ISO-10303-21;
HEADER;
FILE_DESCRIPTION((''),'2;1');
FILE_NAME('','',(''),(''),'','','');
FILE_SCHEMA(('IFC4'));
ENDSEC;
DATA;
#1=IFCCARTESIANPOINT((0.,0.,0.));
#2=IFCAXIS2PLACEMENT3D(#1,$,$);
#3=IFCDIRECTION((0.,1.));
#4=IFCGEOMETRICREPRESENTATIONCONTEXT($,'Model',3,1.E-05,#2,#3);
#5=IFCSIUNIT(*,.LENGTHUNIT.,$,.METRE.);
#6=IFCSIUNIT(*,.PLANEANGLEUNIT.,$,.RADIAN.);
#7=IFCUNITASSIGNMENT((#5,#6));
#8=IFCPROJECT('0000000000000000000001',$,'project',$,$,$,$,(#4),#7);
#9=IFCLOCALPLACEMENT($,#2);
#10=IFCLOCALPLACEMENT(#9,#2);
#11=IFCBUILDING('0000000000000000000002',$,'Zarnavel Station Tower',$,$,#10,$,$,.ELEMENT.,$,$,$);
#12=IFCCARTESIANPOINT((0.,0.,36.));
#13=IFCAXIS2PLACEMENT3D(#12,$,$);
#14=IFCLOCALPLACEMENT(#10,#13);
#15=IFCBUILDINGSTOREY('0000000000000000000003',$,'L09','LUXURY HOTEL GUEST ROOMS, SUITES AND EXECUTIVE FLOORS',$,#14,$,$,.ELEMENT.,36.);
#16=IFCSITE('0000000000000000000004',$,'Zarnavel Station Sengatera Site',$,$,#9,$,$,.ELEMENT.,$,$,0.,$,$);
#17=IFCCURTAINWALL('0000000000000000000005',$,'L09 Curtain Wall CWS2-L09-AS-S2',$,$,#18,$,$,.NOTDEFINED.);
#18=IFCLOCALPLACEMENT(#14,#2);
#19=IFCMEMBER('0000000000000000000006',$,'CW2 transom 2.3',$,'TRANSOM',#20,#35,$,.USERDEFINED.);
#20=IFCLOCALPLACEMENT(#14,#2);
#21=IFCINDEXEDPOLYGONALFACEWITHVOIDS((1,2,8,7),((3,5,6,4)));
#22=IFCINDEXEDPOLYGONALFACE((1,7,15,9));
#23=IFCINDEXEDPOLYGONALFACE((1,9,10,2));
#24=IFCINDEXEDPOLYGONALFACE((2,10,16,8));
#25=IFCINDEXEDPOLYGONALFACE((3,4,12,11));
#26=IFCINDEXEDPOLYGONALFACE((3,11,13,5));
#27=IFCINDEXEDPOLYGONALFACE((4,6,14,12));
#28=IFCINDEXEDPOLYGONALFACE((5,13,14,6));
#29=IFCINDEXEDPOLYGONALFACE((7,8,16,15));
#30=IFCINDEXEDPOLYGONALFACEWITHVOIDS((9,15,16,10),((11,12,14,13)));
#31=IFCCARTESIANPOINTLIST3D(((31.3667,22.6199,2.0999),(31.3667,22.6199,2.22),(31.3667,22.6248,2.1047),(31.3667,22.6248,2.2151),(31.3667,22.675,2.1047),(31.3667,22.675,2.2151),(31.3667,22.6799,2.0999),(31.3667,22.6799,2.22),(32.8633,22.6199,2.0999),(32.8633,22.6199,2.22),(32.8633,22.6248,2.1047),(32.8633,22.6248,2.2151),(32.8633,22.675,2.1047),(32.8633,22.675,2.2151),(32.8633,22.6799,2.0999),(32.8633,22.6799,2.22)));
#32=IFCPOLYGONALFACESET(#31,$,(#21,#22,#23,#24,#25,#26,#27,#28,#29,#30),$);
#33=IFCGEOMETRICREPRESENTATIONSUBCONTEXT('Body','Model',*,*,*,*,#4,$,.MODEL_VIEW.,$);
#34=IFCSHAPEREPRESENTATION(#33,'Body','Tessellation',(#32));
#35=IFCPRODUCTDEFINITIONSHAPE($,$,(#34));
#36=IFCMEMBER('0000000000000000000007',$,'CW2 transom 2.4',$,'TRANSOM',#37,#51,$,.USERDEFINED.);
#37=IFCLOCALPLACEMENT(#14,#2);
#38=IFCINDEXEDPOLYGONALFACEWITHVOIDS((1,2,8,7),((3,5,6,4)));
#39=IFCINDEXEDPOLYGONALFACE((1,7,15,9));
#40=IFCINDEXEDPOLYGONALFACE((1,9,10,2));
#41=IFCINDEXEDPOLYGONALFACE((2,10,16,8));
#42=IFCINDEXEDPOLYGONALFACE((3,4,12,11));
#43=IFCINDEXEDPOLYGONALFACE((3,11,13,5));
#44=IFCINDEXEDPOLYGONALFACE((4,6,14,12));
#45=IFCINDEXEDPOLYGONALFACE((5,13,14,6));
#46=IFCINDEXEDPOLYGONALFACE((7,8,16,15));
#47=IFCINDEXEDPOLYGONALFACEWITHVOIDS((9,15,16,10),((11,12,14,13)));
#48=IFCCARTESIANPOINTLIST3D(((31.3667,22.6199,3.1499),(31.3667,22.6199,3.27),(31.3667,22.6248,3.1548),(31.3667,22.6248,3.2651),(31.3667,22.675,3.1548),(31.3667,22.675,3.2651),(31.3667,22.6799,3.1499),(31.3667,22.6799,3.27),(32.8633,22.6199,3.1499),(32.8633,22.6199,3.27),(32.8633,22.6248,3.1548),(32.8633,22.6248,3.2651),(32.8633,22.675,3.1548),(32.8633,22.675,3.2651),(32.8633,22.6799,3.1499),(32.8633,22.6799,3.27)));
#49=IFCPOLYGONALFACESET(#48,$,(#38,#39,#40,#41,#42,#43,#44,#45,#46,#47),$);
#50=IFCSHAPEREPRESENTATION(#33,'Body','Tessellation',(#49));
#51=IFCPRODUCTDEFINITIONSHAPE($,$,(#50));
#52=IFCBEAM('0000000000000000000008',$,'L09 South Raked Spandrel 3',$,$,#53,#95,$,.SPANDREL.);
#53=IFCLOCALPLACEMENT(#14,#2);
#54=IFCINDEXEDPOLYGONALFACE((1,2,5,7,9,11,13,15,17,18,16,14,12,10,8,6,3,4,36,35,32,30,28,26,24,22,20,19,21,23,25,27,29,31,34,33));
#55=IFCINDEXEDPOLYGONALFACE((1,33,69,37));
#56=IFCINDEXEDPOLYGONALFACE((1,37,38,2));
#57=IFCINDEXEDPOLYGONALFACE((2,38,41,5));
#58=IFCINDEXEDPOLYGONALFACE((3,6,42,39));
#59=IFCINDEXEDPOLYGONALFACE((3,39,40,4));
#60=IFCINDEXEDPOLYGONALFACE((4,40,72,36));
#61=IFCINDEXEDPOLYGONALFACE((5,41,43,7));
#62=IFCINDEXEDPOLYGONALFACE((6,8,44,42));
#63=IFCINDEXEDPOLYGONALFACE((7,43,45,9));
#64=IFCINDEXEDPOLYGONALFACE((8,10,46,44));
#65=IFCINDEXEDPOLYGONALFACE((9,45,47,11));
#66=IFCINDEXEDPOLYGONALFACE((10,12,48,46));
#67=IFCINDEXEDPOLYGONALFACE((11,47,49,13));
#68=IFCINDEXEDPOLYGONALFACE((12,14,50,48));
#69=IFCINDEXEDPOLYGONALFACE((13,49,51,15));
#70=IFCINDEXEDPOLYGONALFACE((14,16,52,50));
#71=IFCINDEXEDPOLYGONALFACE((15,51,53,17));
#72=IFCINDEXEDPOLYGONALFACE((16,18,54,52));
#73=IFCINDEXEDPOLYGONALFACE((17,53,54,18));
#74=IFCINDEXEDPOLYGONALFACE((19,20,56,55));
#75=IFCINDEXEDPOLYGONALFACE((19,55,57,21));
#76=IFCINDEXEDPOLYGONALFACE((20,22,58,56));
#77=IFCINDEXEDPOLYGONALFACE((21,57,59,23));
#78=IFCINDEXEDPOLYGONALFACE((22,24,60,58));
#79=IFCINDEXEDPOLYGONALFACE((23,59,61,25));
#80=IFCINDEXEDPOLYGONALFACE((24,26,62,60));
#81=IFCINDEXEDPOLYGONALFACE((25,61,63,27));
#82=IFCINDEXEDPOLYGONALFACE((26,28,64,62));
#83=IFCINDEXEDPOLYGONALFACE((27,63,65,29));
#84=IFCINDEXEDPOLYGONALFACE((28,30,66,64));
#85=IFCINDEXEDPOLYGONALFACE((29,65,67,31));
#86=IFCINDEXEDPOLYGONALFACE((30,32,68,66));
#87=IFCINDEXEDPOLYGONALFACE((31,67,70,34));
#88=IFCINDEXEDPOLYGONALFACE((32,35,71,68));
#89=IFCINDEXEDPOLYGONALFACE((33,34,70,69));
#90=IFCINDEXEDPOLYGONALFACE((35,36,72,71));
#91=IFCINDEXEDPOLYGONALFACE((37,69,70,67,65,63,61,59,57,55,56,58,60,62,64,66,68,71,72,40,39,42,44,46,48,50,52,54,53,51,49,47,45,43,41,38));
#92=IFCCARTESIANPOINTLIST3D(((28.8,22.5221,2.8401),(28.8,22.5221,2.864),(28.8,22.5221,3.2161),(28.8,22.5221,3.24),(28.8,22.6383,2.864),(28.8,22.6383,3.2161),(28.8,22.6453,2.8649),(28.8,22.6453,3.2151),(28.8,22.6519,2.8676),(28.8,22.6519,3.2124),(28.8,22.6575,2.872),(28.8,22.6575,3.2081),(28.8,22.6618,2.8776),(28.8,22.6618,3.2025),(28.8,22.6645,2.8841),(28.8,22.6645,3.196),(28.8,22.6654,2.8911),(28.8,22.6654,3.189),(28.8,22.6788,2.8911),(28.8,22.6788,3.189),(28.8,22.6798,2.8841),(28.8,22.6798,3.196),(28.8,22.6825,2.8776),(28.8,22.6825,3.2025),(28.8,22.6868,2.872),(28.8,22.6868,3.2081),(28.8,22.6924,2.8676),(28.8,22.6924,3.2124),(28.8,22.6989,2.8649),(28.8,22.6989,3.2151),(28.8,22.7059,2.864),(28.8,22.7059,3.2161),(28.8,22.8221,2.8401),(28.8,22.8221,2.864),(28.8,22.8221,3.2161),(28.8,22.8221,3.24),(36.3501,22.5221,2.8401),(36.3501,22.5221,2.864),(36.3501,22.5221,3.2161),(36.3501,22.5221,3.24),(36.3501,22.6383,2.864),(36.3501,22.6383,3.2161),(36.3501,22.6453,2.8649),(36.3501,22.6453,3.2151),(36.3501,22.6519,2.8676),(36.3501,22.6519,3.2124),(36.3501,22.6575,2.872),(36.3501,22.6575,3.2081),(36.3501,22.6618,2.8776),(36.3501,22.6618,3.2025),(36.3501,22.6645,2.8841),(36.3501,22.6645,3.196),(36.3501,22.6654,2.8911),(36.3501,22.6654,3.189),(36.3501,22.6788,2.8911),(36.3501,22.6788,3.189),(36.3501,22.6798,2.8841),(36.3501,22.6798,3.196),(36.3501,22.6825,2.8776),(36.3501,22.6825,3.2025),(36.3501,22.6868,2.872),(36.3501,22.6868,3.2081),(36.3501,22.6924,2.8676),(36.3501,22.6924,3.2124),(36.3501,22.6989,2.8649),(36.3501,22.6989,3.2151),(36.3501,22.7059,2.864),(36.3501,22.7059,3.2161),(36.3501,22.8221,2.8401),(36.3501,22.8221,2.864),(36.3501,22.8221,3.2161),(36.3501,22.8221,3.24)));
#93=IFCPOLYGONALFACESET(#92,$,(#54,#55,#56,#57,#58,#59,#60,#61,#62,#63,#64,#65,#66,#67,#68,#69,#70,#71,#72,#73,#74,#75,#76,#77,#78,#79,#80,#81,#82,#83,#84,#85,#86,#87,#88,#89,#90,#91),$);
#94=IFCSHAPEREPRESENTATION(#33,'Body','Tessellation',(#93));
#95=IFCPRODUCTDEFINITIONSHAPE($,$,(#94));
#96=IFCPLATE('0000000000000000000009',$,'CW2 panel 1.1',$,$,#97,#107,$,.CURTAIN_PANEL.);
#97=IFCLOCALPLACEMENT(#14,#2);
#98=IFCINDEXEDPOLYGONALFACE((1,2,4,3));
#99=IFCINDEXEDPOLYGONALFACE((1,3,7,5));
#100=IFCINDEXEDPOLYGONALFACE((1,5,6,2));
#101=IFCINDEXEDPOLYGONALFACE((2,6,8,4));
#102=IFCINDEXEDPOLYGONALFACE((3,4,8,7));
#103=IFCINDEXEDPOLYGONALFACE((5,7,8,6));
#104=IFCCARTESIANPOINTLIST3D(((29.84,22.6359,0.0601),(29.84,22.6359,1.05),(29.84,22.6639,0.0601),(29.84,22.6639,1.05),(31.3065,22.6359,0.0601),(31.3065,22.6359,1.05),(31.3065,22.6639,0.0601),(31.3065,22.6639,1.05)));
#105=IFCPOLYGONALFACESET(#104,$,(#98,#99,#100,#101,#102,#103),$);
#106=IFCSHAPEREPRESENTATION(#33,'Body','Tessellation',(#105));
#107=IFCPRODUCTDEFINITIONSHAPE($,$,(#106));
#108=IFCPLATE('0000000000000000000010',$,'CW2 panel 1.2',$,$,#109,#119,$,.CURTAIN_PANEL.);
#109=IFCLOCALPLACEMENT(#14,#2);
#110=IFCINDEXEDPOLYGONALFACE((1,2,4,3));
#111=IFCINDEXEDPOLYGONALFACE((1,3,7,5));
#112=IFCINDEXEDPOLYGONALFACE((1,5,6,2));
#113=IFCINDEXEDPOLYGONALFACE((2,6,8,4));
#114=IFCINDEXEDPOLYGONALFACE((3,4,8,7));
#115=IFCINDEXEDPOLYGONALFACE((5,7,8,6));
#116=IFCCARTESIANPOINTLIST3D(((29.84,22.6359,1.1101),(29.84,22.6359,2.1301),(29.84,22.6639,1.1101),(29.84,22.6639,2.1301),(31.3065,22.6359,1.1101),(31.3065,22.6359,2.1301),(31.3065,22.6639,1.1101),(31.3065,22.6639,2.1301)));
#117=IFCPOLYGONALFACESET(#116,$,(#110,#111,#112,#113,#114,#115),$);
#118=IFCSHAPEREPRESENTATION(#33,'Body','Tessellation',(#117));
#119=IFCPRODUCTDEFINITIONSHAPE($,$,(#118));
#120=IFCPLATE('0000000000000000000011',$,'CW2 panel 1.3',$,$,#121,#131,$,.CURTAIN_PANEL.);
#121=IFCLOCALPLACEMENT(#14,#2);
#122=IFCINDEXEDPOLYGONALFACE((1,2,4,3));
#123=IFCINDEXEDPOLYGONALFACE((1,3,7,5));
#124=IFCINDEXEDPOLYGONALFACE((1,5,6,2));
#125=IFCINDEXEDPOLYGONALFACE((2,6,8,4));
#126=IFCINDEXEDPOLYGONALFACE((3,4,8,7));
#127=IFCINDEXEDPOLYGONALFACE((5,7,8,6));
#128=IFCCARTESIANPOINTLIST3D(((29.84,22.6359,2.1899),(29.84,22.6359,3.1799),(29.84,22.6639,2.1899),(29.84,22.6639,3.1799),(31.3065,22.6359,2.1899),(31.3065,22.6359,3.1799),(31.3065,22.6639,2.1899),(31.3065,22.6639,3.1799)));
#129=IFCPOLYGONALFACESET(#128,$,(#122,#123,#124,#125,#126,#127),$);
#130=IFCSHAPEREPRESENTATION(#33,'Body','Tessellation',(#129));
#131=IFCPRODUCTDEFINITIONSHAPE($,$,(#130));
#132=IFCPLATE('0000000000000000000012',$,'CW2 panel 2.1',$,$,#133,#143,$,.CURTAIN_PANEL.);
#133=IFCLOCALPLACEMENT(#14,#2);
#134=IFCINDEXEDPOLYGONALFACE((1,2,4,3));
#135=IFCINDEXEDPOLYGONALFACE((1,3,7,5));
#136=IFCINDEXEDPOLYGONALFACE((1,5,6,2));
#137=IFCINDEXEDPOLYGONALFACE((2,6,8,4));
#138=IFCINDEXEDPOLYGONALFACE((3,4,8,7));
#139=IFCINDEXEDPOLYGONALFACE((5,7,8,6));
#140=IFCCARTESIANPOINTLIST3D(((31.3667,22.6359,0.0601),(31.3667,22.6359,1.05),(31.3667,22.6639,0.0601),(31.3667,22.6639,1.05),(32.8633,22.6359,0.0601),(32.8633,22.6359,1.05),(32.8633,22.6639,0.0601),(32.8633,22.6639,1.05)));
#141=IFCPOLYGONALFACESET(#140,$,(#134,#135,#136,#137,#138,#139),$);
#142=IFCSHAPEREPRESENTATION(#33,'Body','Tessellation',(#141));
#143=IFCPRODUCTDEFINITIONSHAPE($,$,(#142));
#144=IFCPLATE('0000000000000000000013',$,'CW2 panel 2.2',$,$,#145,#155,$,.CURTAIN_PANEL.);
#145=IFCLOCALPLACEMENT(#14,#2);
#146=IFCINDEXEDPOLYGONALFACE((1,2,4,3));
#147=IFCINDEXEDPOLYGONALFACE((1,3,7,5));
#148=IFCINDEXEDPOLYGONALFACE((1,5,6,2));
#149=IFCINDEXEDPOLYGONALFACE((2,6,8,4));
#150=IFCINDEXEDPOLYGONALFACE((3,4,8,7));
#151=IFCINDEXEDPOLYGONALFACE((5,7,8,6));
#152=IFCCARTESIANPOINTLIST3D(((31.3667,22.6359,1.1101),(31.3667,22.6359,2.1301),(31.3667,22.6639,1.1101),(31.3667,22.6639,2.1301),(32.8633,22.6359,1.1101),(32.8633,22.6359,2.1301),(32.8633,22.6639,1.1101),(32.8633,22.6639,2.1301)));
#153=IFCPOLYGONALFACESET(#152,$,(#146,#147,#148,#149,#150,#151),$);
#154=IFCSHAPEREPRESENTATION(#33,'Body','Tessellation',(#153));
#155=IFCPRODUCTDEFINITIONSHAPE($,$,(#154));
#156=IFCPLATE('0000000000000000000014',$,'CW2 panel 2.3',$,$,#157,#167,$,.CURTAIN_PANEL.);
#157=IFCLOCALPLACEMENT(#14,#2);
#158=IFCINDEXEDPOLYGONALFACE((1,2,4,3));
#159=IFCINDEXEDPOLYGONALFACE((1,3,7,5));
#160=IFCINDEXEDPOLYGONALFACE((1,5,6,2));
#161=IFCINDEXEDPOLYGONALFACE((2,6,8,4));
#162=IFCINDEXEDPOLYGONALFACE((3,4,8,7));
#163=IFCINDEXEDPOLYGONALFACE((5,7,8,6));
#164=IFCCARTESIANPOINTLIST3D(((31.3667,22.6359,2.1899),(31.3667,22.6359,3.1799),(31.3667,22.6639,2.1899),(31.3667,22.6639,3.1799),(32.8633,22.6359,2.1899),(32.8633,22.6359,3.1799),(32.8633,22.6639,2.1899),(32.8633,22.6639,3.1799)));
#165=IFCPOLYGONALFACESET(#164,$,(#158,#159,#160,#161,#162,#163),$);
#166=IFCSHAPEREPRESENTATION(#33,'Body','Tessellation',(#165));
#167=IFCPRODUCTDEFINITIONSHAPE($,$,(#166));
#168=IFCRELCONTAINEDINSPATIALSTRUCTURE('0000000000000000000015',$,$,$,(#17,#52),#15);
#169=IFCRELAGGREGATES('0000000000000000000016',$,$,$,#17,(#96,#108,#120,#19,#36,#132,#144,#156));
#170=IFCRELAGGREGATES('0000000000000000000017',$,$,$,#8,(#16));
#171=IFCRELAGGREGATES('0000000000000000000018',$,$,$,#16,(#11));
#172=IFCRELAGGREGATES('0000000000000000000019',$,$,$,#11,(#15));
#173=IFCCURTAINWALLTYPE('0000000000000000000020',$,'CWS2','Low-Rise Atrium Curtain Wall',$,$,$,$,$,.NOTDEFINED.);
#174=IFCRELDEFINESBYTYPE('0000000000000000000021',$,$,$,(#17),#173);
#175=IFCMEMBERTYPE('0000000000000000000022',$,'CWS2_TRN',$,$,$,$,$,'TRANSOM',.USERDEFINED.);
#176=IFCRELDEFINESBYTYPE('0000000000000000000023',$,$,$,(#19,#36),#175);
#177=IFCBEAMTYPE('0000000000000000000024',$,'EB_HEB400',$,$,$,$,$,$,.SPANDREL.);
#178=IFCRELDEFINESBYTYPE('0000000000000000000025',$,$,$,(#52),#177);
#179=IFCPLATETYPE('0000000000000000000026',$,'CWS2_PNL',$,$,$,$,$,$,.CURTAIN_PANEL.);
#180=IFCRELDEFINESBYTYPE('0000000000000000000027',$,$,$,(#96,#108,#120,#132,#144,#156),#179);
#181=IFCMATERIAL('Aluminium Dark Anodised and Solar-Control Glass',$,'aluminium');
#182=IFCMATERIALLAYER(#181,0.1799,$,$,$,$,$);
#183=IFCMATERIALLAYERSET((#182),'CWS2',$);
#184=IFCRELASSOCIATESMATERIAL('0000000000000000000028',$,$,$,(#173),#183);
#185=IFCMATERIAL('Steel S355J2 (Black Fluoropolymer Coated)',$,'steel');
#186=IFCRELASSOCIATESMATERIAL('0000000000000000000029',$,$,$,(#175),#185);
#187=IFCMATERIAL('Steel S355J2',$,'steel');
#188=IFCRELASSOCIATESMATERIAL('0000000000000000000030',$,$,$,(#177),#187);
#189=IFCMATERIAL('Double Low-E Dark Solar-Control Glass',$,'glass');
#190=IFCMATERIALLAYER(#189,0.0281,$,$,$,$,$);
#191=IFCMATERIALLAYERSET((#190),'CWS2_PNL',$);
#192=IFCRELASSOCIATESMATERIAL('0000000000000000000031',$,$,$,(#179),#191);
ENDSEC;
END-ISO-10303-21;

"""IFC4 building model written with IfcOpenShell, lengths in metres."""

from ifc_helpers import new_model, si_unit, direction, frame, origin, origin_2d, place, context, subcontext, project, spatial, rectangle, hollow_rectangle, i_section, extrude, material, layer, layer_set, material_profile, profile_set, type_object, element, aggregate, save


model = new_model("IFC4")

# Units and contexts
model_context = context("Model", 3, precision=1e-05, world=origin(), true_north=direction((0.0, 1.0)))
body_context = subcontext(model_context, "Body", "Model", "MODEL_VIEW")
ifc_project = project(units=[si_unit("LENGTHUNIT", "METRE"), si_unit("PLANEANGLEUNIT", "RADIAN")], contexts=[model_context])

# Site, building, storey
site_placement = place(None, origin())
site = spatial("IfcSite", under=ifc_project, at=site_placement, Name="Zarnavel Station Sengatera Site", CompositionType="ELEMENT", RefElevation=0.0)
building_placement = place(site_placement, origin())
building = spatial("IfcBuilding", under=site, at=building_placement, Name="Zarnavel Station Tower", CompositionType="ELEMENT")
storey_placement = place(building_placement, frame((0.0, 0.0, 36.0)))
storey = spatial("IfcBuildingStorey", under=building, at=storey_placement, Name="L09", Description="LUXURY HOTEL GUEST ROOMS, SUITES AND EXECUTIVE FLOORS", CompositionType="ELEMENT", Elevation=36.0)

# Shared definitions
ifc_material_1 = material(Name="Aluminium Dark Anodised and Solar-Control Glass", Category="aluminium")
ifc_layer_1 = layer(ifc_material_1, 0.1799)
ifc_layer_set_1 = layer_set([ifc_layer_1], Name="CWS2")
curtain_wall_type = type_object("IfcCurtainWallType", Name="CWS2", Description="Low-Rise Atrium Curtain Wall", PredefinedType="NOTDEFINED", material=ifc_layer_set_1)

# Curtain wall, members
curtain_wall_1_placement = place(storey_placement, origin())
curtain_wall_1 = element("IfcCurtainWall", 1, at=curtain_wall_1_placement, inside=storey, type_object=curtain_wall_type, Name="L09 Curtain Wall CWS2-L09-AS-S2", PredefinedType="NOTDEFINED")
ifc_material_2 = material(Name="Steel S355J2 (Black Fluoropolymer Coated)", Category="steel")
ifc_material_profile_1 = material_profile(ifc_material_2, hollow_rectangle(XDim=0.0601, YDim=0.1201, WallThickness=0.0049, at=origin_2d()), Name="RHS120x60x5")
ifc_profile_set_1 = profile_set([ifc_material_profile_1], Name="Steel S355J2 (Black Fluoropolymer Coated)")
member_type_1 = type_object("IfcMemberType", Name="CWS2_TRN", ElementType="TRANSOM", PredefinedType="USERDEFINED", material=ifc_profile_set_1)
member_1_placement = place(storey_placement, frame((31.3667, 22.6499, 2.1599), z_axis=(1.0, 0.0, 0.0), x_axis=(0.0, 1.0, 0.0)))
member_1 = element("IfcMember", 2, at=member_1_placement, type_object=member_type_1, Name="CW2 transom 2.3", ObjectType="TRANSOM", PredefinedType="USERDEFINED", context=body_context, shape_type="SweptSolid", body=[
    extrude(hollow_rectangle(XDim=0.0601, YDim=0.1201, WallThickness=0.0049, at=origin_2d()), origin(), (0.0, 0.0, 1.0), 1.4966),
])
member_2_placement = place(storey_placement, frame((31.3667, 22.6499, 3.21), z_axis=(1.0, 0.0, 0.0), x_axis=(0.0, 1.0, 0.0)))
member_2 = element("IfcMember", 3, at=member_2_placement, type_object=member_type_1, Name="CW2 transom 2.4", ObjectType="TRANSOM", PredefinedType="USERDEFINED", context=body_context, shape_type="SweptSolid", body=[
    extrude(hollow_rectangle(XDim=0.0601, YDim=0.1201, WallThickness=0.0049, at=origin_2d()), origin(), (0.0, 0.0, 1.0), 1.4966),
])

# Beam
ifc_material_3 = material(Name="Steel S355J2", Category="steel")
ifc_material_profile_2 = material_profile(ifc_material_3, i_section(OverallWidth=0.3, OverallDepth=0.3999, WebThickness=0.0134, FlangeThickness=0.0239, FilletRadius=0.0271, at=origin_2d()), Name="HEB400")
ifc_profile_set_2 = profile_set([ifc_material_profile_2], Name="Steel S355J2")
beam_type = type_object("IfcBeamType", Name="EB_HEB400", PredefinedType="SPANDREL", material=ifc_profile_set_2)
beam_placement = place(storey_placement, frame((28.8, 22.6721, 3.04), z_axis=(1.0, 0.0, 0.0), x_axis=(0.0, 1.0, 0.0)))
element("IfcBeam", 4, at=beam_placement, inside=storey, type_object=beam_type, Name="L09 South Raked Spandrel 3", PredefinedType="SPANDREL", context=body_context, shape_type="SweptSolid", body=[
    extrude(i_section(OverallWidth=0.3, OverallDepth=0.3999, WebThickness=0.0134, FlangeThickness=0.0239, FilletRadius=0.0271, at=origin_2d()), origin(), (0.0, 0.0, 1.0), 7.55),
])

# Plates
ifc_material_4 = material(Name="Double Low-E Dark Solar-Control Glass", Category="glass")
ifc_layer_2 = layer(ifc_material_4, 0.0281)
ifc_layer_set_2 = layer_set([ifc_layer_2], Name="CWS2_PNL")
plate_type = type_object("IfcPlateType", Name="CWS2_PNL", PredefinedType="CURTAIN_PANEL", material=ifc_layer_set_2)
plate_1_placement = place(storey_placement, frame((30.5732, 22.6499, 0.0601), z_axis=(0.0, 0.0, 1.0), x_axis=(1.0, 0.0, 0.0)))
plate_1 = element("IfcPlate", 5, at=plate_1_placement, type_object=plate_type, Name="CW2 panel 1.1", PredefinedType="CURTAIN_PANEL", context=body_context, shape_type="SweptSolid", body=[
    extrude(rectangle(XDim=1.4666, YDim=0.0281, at=origin_2d()), origin(), (0.0, 0.0, 1.0), 0.99),
])
plate_2_placement = place(storey_placement, frame((30.5732, 22.6499, 1.1101), z_axis=(0.0, 0.0, 1.0), x_axis=(1.0, 0.0, 0.0)))
plate_2 = element("IfcPlate", 6, at=plate_2_placement, type_object=plate_type, Name="CW2 panel 1.2", PredefinedType="CURTAIN_PANEL", context=body_context, shape_type="SweptSolid", body=[
    extrude(rectangle(XDim=1.4666, YDim=0.0281, at=origin_2d()), origin(), (0.0, 0.0, 1.0), 1.02),
])
plate_3_placement = place(storey_placement, frame((30.5732, 22.6499, 2.1899), z_axis=(0.0, 0.0, 1.0), x_axis=(1.0, 0.0, 0.0)))
plate_3 = element("IfcPlate", 7, at=plate_3_placement, type_object=plate_type, Name="CW2 panel 1.3", PredefinedType="CURTAIN_PANEL", context=body_context, shape_type="SweptSolid", body=[
    extrude(rectangle(XDim=1.4666, YDim=0.0281, at=origin_2d()), origin(), (0.0, 0.0, 1.0), 0.99),
])
plate_4_placement = place(storey_placement, frame((32.115, 22.6499, 0.0601), z_axis=(0.0, 0.0, 1.0), x_axis=(1.0, 0.0, 0.0)))
plate_4 = element("IfcPlate", 8, at=plate_4_placement, type_object=plate_type, Name="CW2 panel 2.1", PredefinedType="CURTAIN_PANEL", context=body_context, shape_type="SweptSolid", body=[
    extrude(rectangle(XDim=1.4966, YDim=0.0281, at=origin_2d()), origin(), (0.0, 0.0, 1.0), 0.99),
])
plate_5_placement = place(storey_placement, frame((32.115, 22.6499, 1.1101), z_axis=(0.0, 0.0, 1.0), x_axis=(1.0, 0.0, 0.0)))
plate_5 = element("IfcPlate", 9, at=plate_5_placement, type_object=plate_type, Name="CW2 panel 2.2", PredefinedType="CURTAIN_PANEL", context=body_context, shape_type="SweptSolid", body=[
    extrude(rectangle(XDim=1.4966, YDim=0.0281, at=origin_2d()), origin(), (0.0, 0.0, 1.0), 1.02),
])
plate_6_placement = place(storey_placement, frame((32.115, 22.6499, 2.1899), z_axis=(0.0, 0.0, 1.0), x_axis=(1.0, 0.0, 0.0)))
plate_6 = element("IfcPlate", 10, at=plate_6_placement, type_object=plate_type, Name="CW2 panel 2.3", PredefinedType="CURTAIN_PANEL", context=body_context, shape_type="SweptSolid", body=[
    extrude(rectangle(XDim=1.4966, YDim=0.0281, at=origin_2d()), origin(), (0.0, 0.0, 1.0), 0.99),
])
aggregate(curtain_wall_1, [plate_1, plate_2, plate_3, member_1, member_2, plate_4, plate_5, plate_6])

save(model, "model.ifc")
